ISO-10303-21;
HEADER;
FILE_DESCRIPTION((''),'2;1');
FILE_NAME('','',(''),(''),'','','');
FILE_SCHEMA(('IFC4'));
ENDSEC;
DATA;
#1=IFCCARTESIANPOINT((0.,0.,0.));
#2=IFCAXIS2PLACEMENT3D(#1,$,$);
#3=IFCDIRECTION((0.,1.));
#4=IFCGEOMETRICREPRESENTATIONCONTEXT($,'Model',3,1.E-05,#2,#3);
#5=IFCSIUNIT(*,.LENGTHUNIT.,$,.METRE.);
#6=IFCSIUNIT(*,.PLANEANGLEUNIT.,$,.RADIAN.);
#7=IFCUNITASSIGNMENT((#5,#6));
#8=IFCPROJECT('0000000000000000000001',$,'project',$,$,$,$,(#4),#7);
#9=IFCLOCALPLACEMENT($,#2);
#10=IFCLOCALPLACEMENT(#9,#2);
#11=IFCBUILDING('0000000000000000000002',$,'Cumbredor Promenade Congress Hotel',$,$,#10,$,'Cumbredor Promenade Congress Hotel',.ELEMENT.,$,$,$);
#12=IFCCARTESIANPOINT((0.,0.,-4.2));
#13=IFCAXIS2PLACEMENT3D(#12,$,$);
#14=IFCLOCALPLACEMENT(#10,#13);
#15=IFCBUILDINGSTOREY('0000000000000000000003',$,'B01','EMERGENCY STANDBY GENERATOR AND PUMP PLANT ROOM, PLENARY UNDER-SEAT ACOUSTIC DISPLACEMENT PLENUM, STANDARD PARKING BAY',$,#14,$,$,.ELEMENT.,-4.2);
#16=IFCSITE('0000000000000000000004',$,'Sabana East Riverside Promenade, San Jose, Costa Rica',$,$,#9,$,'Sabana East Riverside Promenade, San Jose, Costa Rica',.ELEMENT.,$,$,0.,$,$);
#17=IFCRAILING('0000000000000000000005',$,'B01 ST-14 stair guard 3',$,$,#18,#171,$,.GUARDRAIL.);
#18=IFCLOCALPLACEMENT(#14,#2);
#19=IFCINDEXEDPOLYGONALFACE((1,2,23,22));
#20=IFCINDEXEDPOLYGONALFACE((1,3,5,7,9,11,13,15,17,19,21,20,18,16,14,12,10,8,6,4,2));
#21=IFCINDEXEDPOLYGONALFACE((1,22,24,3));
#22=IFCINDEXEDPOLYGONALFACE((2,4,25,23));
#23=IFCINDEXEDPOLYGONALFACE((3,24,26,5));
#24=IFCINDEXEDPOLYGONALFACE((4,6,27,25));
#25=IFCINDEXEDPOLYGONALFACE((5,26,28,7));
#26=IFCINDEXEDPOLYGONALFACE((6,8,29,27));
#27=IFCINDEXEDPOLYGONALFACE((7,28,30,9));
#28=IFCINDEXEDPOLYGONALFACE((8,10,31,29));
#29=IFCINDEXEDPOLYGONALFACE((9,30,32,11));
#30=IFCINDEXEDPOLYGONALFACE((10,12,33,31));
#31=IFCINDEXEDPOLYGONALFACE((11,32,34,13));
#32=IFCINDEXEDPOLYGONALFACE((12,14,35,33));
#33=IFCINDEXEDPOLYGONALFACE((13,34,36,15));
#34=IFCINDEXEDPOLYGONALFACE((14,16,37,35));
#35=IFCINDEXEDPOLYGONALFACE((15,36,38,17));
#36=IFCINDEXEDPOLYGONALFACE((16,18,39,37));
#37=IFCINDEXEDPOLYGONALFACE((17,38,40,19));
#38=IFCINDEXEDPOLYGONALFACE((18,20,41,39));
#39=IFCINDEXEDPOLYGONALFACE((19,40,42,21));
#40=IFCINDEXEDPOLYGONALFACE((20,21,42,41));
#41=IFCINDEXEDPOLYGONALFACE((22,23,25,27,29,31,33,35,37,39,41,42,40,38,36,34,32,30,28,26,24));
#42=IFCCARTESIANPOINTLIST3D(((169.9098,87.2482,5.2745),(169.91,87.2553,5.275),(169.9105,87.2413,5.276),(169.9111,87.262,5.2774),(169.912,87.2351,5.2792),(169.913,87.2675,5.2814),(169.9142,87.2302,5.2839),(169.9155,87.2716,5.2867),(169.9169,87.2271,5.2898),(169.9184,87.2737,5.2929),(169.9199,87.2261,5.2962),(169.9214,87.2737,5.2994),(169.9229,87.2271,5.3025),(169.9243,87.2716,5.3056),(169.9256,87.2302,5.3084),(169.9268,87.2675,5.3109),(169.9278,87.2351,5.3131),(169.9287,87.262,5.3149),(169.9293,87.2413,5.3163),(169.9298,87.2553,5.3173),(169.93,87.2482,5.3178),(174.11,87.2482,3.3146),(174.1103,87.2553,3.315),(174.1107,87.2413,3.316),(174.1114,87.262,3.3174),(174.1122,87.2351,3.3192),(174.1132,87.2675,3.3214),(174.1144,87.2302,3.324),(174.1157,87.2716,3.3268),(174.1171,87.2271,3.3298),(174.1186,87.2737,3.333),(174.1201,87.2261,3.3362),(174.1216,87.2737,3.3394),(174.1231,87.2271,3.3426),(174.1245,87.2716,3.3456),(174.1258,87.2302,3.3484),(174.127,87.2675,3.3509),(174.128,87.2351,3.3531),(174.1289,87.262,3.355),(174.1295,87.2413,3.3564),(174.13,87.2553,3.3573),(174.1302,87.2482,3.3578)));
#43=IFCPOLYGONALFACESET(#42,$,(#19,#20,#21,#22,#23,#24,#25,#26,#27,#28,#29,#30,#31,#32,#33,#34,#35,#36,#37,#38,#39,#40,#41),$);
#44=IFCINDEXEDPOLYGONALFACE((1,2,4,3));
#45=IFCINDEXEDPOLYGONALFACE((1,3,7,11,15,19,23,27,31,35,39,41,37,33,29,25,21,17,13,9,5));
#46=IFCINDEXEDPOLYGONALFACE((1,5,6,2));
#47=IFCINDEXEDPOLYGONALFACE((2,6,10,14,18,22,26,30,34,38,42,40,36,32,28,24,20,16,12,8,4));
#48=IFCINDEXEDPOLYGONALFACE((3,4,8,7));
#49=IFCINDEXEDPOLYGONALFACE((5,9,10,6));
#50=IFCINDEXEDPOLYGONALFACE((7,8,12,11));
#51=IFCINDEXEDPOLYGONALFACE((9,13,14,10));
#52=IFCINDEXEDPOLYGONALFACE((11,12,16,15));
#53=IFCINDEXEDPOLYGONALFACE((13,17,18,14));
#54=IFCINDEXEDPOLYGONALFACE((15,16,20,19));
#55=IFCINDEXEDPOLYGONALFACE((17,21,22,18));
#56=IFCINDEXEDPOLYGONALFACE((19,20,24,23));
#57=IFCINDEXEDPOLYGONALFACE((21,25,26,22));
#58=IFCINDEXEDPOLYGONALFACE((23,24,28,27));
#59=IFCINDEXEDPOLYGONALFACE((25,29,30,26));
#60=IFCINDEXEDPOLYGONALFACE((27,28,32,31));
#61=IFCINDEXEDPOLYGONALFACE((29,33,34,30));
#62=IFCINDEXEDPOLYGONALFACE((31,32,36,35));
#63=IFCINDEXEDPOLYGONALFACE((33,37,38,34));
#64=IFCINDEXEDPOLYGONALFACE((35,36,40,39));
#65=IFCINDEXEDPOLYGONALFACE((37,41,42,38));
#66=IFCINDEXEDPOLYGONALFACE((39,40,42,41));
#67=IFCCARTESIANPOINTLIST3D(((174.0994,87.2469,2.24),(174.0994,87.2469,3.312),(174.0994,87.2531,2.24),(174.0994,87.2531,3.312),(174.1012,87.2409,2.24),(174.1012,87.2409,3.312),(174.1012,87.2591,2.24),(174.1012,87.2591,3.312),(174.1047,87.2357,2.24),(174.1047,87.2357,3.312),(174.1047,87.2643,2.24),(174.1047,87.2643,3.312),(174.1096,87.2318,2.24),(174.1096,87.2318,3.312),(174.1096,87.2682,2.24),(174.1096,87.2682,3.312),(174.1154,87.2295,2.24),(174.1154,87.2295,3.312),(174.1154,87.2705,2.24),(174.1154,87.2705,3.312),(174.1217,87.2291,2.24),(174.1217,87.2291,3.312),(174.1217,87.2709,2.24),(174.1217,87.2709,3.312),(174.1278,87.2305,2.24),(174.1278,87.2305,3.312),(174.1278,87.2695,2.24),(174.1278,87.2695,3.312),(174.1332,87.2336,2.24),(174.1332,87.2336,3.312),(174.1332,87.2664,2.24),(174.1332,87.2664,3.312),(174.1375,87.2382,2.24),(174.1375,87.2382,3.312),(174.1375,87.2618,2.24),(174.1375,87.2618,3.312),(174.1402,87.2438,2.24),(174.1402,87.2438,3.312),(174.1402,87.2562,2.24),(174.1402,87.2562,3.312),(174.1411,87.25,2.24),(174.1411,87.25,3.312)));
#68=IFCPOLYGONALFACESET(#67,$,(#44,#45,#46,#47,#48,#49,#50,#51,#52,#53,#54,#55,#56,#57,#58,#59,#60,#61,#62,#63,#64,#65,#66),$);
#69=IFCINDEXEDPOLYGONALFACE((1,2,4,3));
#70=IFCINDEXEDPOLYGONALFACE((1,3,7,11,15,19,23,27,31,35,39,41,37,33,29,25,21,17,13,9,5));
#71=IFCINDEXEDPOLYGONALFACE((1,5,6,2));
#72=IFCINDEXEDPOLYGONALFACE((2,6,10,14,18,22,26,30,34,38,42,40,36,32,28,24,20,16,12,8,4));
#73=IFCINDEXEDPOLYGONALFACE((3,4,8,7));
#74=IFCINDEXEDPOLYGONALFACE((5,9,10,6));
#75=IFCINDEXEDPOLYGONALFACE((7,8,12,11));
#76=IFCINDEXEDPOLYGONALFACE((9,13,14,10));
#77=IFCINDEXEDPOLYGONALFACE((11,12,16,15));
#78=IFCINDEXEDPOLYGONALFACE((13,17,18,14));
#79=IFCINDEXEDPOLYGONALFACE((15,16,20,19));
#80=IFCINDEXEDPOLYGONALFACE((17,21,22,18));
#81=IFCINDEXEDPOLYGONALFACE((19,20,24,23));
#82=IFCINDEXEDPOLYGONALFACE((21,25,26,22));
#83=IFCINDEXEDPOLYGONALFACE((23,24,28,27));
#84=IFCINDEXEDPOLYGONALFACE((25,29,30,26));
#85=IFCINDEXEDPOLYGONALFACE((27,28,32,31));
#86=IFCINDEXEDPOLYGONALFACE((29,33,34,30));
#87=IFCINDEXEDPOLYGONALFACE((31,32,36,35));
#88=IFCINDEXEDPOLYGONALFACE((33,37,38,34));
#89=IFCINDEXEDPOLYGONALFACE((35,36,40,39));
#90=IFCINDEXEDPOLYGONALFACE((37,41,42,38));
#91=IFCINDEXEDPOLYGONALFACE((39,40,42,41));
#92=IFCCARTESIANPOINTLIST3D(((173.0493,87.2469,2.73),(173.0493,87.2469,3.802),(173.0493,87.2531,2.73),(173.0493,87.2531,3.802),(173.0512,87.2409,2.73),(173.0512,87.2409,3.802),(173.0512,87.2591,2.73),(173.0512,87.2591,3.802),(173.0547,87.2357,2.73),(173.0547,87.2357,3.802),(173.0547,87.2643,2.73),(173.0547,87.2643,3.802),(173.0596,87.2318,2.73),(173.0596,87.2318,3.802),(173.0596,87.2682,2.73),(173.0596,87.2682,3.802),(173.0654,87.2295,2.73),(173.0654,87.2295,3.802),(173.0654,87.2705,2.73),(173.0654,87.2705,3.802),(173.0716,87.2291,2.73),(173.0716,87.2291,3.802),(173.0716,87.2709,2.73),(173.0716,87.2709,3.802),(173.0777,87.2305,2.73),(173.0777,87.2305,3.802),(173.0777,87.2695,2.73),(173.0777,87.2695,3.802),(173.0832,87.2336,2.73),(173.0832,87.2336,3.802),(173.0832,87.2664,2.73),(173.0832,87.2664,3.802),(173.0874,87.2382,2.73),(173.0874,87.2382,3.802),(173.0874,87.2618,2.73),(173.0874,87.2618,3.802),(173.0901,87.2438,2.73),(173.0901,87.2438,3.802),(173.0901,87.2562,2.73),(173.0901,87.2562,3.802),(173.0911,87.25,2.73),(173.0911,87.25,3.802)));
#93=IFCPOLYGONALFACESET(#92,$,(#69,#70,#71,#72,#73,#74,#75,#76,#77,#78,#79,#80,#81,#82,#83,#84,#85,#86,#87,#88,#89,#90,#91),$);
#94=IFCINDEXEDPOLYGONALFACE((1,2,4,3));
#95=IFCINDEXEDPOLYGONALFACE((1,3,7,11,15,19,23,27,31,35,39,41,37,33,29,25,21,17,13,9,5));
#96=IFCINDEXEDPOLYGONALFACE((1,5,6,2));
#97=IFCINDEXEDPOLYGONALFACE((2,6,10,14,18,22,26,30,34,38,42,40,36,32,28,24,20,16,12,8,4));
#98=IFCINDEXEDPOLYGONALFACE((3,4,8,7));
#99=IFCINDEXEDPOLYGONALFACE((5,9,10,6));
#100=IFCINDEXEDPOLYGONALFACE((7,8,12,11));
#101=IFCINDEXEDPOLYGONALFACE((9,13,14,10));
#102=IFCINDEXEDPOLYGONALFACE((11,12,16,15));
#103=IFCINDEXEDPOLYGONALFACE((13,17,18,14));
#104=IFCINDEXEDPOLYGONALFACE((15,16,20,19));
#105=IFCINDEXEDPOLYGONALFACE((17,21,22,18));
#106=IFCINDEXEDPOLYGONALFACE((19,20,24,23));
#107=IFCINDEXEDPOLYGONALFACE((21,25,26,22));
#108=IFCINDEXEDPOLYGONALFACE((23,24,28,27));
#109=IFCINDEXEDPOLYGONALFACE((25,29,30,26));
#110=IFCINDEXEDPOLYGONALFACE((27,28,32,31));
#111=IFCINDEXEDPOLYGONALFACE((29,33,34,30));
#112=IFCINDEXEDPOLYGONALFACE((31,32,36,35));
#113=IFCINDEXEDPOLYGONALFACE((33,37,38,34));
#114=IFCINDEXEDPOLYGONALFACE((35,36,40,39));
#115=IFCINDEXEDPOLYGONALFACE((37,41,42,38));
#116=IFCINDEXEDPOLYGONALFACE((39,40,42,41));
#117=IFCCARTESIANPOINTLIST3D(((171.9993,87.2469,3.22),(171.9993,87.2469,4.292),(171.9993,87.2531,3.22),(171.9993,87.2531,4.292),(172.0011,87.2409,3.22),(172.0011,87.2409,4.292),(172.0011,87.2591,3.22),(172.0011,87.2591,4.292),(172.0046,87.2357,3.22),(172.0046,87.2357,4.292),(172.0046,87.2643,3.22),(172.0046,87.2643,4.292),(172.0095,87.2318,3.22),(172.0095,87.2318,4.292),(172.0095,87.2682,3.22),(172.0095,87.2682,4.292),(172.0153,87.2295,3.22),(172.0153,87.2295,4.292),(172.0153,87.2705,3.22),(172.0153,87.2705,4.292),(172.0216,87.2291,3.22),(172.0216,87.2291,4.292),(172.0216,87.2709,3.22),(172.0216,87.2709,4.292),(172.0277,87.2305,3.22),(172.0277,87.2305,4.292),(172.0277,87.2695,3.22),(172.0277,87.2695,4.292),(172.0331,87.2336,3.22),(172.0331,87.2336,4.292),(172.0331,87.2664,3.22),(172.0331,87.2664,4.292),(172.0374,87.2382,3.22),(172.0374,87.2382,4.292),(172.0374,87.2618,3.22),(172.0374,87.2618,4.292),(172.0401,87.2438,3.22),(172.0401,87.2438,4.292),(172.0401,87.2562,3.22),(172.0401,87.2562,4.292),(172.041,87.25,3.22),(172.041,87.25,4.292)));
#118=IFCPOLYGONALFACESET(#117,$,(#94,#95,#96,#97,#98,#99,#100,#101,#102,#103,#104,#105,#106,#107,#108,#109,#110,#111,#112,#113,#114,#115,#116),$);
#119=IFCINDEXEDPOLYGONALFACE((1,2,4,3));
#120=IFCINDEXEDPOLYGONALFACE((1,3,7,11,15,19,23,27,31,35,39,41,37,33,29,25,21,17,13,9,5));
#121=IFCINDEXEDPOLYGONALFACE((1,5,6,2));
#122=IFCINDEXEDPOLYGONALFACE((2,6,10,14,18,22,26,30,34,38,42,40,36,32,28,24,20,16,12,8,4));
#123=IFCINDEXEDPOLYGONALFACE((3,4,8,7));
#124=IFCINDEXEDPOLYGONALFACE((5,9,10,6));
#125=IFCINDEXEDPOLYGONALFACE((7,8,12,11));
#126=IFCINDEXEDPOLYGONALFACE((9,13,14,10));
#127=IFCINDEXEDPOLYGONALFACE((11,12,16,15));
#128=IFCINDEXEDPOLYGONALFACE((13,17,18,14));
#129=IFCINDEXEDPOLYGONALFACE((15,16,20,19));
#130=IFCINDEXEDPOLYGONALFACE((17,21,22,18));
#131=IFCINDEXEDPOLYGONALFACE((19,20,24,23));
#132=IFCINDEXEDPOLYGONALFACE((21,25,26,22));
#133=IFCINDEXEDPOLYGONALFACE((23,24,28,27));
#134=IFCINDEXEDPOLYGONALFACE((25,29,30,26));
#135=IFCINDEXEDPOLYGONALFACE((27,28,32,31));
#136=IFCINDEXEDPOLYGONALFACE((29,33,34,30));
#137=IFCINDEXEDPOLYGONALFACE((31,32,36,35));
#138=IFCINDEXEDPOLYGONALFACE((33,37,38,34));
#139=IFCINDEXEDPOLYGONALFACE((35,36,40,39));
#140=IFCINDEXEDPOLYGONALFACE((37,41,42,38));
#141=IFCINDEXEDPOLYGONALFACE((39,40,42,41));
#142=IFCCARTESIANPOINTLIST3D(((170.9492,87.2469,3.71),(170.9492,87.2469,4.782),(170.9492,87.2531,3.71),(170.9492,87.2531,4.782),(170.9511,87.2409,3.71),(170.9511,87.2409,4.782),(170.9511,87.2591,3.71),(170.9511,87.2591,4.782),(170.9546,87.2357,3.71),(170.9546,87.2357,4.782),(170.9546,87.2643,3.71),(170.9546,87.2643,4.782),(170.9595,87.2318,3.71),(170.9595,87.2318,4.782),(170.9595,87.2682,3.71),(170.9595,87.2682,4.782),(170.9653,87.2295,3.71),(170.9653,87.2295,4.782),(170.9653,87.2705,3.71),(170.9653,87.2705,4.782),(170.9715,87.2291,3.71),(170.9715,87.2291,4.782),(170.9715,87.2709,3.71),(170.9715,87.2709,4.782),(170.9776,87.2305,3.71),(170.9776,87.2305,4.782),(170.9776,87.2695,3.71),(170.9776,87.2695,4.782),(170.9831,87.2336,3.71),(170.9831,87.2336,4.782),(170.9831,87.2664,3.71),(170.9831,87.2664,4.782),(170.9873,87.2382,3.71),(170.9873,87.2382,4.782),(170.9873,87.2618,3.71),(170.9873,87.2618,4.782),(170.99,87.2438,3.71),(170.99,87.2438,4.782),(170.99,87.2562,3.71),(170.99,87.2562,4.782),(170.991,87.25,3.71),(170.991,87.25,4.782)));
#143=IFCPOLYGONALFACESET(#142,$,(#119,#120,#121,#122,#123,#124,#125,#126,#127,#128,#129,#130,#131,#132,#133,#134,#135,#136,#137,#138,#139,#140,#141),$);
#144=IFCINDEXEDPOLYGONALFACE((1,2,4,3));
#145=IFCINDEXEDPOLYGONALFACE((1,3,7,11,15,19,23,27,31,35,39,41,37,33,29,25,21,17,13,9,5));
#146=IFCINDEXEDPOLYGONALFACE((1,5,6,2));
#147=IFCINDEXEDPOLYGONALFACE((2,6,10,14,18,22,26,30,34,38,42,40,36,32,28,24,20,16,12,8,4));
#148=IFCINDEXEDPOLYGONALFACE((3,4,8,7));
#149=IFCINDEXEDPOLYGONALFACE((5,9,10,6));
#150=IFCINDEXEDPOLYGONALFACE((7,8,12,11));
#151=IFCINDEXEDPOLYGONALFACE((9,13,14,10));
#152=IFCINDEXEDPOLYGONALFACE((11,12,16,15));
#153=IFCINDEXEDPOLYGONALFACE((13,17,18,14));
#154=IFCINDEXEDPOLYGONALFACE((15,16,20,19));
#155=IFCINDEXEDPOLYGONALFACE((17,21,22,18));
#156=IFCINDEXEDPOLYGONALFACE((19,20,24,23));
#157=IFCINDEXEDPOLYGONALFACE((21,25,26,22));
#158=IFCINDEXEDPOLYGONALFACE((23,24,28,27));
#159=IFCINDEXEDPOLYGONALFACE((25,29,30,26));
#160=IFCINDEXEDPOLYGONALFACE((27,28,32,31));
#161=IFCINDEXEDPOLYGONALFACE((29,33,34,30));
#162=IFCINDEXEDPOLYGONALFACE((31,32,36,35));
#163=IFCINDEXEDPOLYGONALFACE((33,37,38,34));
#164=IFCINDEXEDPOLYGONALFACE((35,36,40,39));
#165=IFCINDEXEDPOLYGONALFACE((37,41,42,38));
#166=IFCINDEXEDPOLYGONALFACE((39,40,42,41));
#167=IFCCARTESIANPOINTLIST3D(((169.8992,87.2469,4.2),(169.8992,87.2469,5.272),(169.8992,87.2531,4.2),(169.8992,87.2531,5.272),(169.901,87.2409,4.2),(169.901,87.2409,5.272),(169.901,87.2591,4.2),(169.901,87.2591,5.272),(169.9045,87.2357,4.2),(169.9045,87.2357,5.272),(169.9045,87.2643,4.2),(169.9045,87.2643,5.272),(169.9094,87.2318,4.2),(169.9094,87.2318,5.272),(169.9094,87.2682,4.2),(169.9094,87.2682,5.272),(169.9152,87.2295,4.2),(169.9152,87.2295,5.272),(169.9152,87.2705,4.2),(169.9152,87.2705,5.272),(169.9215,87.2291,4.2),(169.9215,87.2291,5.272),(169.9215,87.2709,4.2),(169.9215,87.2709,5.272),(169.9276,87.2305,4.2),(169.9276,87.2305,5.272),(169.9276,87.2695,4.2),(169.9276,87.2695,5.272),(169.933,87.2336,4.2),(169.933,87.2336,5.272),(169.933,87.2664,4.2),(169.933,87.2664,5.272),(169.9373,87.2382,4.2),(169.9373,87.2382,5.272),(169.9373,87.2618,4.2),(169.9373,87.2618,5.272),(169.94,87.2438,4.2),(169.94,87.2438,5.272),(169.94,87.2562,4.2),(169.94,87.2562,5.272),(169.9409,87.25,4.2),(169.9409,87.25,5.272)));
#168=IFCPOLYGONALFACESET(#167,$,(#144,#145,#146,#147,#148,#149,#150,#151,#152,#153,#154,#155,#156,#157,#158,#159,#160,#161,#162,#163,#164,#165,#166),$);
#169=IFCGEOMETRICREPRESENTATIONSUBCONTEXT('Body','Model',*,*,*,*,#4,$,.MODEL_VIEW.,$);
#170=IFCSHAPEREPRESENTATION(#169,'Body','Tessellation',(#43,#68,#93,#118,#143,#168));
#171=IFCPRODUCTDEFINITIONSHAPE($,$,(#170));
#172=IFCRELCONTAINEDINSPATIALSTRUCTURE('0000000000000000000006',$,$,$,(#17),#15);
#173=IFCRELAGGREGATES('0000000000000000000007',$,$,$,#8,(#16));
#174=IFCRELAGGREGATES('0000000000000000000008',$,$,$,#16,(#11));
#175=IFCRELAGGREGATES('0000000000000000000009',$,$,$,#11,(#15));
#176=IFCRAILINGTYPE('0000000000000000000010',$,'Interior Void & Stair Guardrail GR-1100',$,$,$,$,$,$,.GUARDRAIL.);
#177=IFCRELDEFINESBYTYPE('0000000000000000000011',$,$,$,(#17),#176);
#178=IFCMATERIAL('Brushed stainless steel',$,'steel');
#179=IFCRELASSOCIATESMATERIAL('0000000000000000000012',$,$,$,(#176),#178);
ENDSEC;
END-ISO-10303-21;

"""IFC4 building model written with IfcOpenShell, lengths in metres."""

from ifc_helpers import new_model, si_unit, direction, frame, origin, origin_2d, place, context, subcontext, project, spatial, circle, extrude, material, type_object, element, save


model = new_model("IFC4")

# Units and contexts
model_context = context("Model", 3, precision=1e-05, world=origin(), true_north=direction((0.0, 1.0)))
body_context = subcontext(model_context, "Body", "Model", "MODEL_VIEW")
ifc_project = project(units=[si_unit("LENGTHUNIT", "METRE"), si_unit("PLANEANGLEUNIT", "RADIAN")], contexts=[model_context])

# Site, building, storey
site_placement = place(None, origin())
site = spatial("IfcSite", under=ifc_project, at=site_placement, Name="Sabana East Riverside Promenade, San Jose, Costa Rica", LongName="Sabana East Riverside Promenade, San Jose, Costa Rica", CompositionType="ELEMENT", RefElevation=0.0)
building_placement = place(site_placement, origin())
building = spatial("IfcBuilding", under=site, at=building_placement, Name="Cumbredor Promenade Congress Hotel", LongName="Cumbredor Promenade Congress Hotel", CompositionType="ELEMENT")
storey_placement = place(building_placement, frame((0.0, 0.0, -4.2)))
storey = spatial("IfcBuildingStorey", under=building, at=storey_placement, Name="B01", Description="EMERGENCY STANDBY GENERATOR AND PUMP PLANT ROOM, PLENARY UNDER-SEAT ACOUSTIC DISPLACEMENT PLENUM, STANDARD PARKING BAY", CompositionType="ELEMENT", Elevation=-4.2)

# Railing
ifc_material_1 = material(Name="Brushed stainless steel", Category="steel")
railing_type_1 = type_object("IfcRailingType", Name="Interior Void & Stair Guardrail GR-1100", PredefinedType="GUARDRAIL", material=ifc_material_1)
railing_1_placement = place(storey_placement, frame((174.1201, 87.25, 2.24)))
element("IfcRailing", 1, at=railing_1_placement, inside=storey, type_object=railing_type_1, Name="B01 ST-14 stair guard 3", PredefinedType="GUARDRAIL", context=body_context, shape_type="SweptSolid", body=[
    extrude(circle(Radius=0.0239, at=origin_2d()), frame((0.0, 0.0, 1.0962), z_axis=(-0.906194, 0.0, 0.422862), x_axis=(0.0, -1.0, 0.0)), (0.0, 0.0, 1.0), 4.635),
    extrude(circle(Radius=0.021, at=origin_2d()), origin(), (0.0, 0.0, 1.0), 1.072),
    extrude(circle(Radius=0.021, at=origin_2d()), frame((-1.05, 0.0, 0.49)), (0.0, 0.0, 1.0), 1.072),
    extrude(circle(Radius=0.021, at=origin_2d()), frame((-2.1001, 0.0, 0.98)), (0.0, 0.0, 1.0), 1.072),
    extrude(circle(Radius=0.021, at=origin_2d()), frame((-3.1501, 0.0, 1.47)), (0.0, 0.0, 1.0), 1.072),
    extrude(circle(Radius=0.021, at=origin_2d()), frame((-4.2002, 0.0, 1.96)), (0.0, 0.0, 1.0), 1.072),
])

save(model, "model.ifc")
